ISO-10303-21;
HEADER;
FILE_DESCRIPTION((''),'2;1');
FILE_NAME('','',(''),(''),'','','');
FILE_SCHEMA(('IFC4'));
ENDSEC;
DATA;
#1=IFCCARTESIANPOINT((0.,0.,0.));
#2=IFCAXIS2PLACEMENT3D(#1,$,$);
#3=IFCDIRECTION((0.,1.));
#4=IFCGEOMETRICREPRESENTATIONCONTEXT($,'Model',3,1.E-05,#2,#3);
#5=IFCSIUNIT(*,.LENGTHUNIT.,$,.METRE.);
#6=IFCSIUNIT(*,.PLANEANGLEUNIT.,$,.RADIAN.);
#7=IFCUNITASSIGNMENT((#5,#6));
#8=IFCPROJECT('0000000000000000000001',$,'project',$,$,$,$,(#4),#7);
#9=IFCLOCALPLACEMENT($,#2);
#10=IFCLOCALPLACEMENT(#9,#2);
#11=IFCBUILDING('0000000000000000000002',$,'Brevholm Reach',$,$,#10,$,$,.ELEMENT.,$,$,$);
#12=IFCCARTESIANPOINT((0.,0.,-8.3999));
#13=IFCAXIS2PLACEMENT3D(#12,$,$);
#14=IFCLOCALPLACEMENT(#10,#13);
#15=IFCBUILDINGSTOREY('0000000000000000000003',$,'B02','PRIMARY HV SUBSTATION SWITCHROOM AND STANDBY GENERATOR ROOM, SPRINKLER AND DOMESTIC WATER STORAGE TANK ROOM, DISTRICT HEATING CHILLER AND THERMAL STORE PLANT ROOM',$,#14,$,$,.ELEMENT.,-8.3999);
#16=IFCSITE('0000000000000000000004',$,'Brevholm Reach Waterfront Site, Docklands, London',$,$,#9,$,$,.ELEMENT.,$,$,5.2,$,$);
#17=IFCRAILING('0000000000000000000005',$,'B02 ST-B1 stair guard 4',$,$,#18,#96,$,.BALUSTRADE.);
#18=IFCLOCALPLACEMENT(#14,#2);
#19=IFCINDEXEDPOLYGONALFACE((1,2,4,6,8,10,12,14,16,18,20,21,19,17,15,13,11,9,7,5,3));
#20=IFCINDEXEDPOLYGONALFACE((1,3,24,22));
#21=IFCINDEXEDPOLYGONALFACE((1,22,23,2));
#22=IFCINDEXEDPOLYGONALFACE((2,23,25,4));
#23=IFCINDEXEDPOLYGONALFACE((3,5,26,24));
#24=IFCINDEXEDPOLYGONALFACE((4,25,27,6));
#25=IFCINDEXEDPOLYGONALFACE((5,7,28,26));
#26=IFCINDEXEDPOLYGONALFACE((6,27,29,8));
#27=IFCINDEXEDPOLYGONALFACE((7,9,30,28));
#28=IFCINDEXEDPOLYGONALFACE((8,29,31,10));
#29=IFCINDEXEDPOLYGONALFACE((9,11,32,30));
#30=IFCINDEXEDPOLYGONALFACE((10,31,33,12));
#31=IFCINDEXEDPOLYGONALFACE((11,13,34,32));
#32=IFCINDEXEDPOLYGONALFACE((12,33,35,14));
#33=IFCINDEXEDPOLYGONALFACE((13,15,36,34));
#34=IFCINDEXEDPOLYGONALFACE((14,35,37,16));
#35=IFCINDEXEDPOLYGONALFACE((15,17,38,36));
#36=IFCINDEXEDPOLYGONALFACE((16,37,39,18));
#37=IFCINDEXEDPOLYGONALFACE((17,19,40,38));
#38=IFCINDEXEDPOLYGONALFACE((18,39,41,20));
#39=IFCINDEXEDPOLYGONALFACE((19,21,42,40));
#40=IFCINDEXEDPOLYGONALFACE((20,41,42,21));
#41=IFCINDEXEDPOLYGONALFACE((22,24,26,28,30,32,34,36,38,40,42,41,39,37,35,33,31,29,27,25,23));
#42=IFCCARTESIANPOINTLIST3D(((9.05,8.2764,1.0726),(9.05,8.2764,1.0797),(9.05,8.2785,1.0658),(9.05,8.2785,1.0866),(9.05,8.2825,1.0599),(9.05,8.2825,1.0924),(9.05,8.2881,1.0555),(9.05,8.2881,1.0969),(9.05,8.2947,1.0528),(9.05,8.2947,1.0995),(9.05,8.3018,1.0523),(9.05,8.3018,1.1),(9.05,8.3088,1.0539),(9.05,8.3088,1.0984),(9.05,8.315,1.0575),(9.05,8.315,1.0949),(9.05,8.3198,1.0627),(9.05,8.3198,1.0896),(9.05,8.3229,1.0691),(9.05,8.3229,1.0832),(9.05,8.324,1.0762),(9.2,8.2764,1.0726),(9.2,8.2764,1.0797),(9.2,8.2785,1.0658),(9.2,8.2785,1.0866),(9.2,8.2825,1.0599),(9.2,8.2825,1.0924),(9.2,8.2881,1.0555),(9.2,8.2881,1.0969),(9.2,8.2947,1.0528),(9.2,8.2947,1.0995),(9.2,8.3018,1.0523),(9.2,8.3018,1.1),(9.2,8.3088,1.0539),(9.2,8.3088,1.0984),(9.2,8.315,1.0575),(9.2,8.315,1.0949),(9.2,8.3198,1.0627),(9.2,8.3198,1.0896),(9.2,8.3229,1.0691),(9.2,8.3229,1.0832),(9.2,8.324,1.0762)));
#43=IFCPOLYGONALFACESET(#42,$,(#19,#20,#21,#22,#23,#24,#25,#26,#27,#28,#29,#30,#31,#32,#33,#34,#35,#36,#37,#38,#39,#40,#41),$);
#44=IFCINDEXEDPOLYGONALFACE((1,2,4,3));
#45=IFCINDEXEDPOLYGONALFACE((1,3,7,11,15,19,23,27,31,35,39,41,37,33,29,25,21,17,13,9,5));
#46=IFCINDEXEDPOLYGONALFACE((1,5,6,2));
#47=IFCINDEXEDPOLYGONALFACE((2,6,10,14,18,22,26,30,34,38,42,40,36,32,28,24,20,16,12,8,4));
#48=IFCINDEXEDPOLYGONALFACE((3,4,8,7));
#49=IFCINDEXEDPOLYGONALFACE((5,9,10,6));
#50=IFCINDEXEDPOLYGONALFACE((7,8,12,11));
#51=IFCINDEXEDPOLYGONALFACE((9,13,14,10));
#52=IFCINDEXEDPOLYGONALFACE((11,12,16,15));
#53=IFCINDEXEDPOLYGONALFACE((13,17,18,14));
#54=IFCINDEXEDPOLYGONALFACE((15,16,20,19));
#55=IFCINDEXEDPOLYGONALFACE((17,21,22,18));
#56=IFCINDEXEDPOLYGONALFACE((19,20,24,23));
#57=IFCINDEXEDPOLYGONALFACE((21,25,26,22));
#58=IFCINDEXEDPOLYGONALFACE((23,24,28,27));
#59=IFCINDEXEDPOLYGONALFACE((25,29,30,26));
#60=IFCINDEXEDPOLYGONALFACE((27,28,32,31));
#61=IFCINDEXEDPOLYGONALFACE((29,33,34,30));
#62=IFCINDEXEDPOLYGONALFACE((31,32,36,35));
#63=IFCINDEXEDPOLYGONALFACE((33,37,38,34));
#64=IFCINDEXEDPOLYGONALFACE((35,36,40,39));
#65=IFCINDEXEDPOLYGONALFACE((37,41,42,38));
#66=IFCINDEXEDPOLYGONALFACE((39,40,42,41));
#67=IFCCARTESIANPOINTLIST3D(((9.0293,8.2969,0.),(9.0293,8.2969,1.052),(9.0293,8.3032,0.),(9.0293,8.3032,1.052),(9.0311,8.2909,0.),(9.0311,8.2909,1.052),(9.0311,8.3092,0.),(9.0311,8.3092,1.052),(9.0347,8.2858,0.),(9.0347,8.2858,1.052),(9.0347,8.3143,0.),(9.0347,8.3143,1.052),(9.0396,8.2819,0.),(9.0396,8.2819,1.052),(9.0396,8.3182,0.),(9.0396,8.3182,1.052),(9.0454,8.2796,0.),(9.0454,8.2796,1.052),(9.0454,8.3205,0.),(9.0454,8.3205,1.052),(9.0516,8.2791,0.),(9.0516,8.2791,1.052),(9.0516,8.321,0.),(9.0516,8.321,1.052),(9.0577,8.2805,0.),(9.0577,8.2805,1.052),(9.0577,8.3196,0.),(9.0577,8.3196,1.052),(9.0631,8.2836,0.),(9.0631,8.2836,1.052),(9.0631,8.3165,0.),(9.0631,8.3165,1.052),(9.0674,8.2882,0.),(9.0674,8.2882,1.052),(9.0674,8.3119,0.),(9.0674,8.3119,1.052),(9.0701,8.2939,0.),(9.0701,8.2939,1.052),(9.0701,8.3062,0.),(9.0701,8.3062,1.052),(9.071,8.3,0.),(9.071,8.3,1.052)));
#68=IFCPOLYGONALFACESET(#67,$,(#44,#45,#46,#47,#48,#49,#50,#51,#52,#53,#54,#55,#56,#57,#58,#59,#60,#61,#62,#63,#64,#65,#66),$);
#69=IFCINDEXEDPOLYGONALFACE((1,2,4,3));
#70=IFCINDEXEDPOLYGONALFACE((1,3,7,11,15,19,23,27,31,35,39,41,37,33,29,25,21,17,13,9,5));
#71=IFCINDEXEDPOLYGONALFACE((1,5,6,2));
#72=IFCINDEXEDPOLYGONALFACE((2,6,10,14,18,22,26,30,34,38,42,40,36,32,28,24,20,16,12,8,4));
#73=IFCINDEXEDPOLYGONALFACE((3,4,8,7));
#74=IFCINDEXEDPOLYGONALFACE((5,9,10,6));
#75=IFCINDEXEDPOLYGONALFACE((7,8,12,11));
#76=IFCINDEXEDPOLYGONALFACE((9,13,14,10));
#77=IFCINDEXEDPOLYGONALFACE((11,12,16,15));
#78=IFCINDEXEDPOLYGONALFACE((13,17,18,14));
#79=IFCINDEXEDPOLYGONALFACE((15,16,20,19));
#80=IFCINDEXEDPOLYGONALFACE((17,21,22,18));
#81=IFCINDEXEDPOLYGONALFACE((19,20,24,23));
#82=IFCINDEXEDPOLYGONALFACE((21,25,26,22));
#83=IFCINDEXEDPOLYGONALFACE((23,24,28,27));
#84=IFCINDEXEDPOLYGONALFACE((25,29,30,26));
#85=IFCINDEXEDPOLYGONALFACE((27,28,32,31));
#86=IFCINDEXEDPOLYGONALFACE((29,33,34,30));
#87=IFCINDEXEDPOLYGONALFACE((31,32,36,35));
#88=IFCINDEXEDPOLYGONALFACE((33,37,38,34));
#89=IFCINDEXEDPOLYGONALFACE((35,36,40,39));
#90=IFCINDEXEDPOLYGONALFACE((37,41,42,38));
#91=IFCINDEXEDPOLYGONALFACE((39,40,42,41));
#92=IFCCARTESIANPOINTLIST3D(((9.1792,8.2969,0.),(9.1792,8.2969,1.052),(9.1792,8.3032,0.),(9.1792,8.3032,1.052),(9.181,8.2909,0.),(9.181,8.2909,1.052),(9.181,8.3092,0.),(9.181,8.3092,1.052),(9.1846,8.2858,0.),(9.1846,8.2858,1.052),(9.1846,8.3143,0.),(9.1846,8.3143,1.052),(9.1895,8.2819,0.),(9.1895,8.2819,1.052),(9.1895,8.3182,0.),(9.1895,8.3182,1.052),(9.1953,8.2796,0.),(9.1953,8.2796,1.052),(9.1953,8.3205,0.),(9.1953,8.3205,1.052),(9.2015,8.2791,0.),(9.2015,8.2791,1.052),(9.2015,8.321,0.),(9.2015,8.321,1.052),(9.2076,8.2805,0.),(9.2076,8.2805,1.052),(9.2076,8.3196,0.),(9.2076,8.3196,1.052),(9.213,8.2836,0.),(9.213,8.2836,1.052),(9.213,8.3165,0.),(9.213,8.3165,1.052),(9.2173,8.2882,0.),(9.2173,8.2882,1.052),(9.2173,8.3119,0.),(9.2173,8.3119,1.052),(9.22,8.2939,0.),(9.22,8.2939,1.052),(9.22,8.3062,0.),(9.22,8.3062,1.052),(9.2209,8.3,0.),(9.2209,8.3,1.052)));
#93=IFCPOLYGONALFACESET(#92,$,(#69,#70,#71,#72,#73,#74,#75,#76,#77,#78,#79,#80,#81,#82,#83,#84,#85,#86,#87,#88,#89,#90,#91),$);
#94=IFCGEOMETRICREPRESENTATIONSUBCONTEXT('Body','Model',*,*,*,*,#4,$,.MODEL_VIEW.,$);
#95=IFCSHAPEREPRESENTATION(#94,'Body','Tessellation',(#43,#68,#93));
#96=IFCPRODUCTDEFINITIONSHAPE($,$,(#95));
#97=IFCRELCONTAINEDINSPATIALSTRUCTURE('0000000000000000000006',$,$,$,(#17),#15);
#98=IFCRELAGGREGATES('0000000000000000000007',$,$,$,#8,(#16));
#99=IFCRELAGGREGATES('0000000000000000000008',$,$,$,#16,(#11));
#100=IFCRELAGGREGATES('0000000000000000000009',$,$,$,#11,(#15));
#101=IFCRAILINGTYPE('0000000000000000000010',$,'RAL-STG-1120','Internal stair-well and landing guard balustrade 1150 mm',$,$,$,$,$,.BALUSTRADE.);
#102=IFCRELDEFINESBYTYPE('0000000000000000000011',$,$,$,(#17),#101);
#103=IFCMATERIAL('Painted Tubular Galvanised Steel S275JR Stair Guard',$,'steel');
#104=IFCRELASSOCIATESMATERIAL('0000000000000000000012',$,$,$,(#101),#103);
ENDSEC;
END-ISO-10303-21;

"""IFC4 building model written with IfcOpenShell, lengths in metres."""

from ifc_helpers import new_model, si_unit, direction, frame, origin, origin_2d, place, context, subcontext, project, spatial, circle, extrude, material, type_object, element, save


model = new_model("IFC4")

# Units and contexts
model_context = context("Model", 3, precision=1e-05, world=origin(), true_north=direction((0.0, 1.0)))
body_context = subcontext(model_context, "Body", "Model", "MODEL_VIEW")
ifc_project = project(units=[si_unit("LENGTHUNIT", "METRE"), si_unit("PLANEANGLEUNIT", "RADIAN")], contexts=[model_context])

# Site, building, storey
site_placement = place(None, origin())
site = spatial("IfcSite", under=ifc_project, at=site_placement, Name="Brevholm Reach Waterfront Site, Docklands, London", CompositionType="ELEMENT", RefElevation=5.2)
building_placement = place(site_placement, origin())
building = spatial("IfcBuilding", under=site, at=building_placement, Name="Brevholm Reach", CompositionType="ELEMENT")
storey_placement = place(building_placement, frame((0.0, 0.0, -8.3999)))
storey = spatial("IfcBuildingStorey", under=building, at=storey_placement, Name="B02", Description="PRIMARY HV SUBSTATION SWITCHROOM AND STANDBY GENERATOR ROOM, SPRINKLER AND DOMESTIC WATER STORAGE TANK ROOM, DISTRICT HEATING CHILLER AND THERMAL STORE PLANT ROOM", CompositionType="ELEMENT", Elevation=-8.3999)

# Railing
ifc_material_1 = material(Name="Painted Tubular Galvanised Steel S275JR Stair Guard", Category="steel")
railing_type_1 = type_object("IfcRailingType", Name="RAL-STG-1120", Description="Internal stair-well and landing guard balustrade 1150 mm", PredefinedType="BALUSTRADE", material=ifc_material_1)
railing_1_placement = place(storey_placement, frame((9.05, 8.3, 0.0)))
element("IfcRailing", 1, at=railing_1_placement, inside=storey, type_object=railing_type_1, Name="B02 ST-B1 stair guard 4", PredefinedType="BALUSTRADE", context=body_context, shape_type="SweptSolid", body=[
    extrude(circle(Radius=0.0239, at=origin_2d()), frame((0.0, 0.0, 1.0762), z_axis=(1.0, 0.0, 0.0), x_axis=(0.0, 1.0, 0.0)), (0.0, 0.0, 1.0), 0.1499),
    extrude(circle(Radius=0.021, at=origin_2d()), origin(), (0.0, 0.0, 1.0), 1.052),
    extrude(circle(Radius=0.021, at=origin_2d()), frame((0.1499, 0.0, 0.0)), (0.0, 0.0, 1.0), 1.052),
])

save(model, "model.ifc")
